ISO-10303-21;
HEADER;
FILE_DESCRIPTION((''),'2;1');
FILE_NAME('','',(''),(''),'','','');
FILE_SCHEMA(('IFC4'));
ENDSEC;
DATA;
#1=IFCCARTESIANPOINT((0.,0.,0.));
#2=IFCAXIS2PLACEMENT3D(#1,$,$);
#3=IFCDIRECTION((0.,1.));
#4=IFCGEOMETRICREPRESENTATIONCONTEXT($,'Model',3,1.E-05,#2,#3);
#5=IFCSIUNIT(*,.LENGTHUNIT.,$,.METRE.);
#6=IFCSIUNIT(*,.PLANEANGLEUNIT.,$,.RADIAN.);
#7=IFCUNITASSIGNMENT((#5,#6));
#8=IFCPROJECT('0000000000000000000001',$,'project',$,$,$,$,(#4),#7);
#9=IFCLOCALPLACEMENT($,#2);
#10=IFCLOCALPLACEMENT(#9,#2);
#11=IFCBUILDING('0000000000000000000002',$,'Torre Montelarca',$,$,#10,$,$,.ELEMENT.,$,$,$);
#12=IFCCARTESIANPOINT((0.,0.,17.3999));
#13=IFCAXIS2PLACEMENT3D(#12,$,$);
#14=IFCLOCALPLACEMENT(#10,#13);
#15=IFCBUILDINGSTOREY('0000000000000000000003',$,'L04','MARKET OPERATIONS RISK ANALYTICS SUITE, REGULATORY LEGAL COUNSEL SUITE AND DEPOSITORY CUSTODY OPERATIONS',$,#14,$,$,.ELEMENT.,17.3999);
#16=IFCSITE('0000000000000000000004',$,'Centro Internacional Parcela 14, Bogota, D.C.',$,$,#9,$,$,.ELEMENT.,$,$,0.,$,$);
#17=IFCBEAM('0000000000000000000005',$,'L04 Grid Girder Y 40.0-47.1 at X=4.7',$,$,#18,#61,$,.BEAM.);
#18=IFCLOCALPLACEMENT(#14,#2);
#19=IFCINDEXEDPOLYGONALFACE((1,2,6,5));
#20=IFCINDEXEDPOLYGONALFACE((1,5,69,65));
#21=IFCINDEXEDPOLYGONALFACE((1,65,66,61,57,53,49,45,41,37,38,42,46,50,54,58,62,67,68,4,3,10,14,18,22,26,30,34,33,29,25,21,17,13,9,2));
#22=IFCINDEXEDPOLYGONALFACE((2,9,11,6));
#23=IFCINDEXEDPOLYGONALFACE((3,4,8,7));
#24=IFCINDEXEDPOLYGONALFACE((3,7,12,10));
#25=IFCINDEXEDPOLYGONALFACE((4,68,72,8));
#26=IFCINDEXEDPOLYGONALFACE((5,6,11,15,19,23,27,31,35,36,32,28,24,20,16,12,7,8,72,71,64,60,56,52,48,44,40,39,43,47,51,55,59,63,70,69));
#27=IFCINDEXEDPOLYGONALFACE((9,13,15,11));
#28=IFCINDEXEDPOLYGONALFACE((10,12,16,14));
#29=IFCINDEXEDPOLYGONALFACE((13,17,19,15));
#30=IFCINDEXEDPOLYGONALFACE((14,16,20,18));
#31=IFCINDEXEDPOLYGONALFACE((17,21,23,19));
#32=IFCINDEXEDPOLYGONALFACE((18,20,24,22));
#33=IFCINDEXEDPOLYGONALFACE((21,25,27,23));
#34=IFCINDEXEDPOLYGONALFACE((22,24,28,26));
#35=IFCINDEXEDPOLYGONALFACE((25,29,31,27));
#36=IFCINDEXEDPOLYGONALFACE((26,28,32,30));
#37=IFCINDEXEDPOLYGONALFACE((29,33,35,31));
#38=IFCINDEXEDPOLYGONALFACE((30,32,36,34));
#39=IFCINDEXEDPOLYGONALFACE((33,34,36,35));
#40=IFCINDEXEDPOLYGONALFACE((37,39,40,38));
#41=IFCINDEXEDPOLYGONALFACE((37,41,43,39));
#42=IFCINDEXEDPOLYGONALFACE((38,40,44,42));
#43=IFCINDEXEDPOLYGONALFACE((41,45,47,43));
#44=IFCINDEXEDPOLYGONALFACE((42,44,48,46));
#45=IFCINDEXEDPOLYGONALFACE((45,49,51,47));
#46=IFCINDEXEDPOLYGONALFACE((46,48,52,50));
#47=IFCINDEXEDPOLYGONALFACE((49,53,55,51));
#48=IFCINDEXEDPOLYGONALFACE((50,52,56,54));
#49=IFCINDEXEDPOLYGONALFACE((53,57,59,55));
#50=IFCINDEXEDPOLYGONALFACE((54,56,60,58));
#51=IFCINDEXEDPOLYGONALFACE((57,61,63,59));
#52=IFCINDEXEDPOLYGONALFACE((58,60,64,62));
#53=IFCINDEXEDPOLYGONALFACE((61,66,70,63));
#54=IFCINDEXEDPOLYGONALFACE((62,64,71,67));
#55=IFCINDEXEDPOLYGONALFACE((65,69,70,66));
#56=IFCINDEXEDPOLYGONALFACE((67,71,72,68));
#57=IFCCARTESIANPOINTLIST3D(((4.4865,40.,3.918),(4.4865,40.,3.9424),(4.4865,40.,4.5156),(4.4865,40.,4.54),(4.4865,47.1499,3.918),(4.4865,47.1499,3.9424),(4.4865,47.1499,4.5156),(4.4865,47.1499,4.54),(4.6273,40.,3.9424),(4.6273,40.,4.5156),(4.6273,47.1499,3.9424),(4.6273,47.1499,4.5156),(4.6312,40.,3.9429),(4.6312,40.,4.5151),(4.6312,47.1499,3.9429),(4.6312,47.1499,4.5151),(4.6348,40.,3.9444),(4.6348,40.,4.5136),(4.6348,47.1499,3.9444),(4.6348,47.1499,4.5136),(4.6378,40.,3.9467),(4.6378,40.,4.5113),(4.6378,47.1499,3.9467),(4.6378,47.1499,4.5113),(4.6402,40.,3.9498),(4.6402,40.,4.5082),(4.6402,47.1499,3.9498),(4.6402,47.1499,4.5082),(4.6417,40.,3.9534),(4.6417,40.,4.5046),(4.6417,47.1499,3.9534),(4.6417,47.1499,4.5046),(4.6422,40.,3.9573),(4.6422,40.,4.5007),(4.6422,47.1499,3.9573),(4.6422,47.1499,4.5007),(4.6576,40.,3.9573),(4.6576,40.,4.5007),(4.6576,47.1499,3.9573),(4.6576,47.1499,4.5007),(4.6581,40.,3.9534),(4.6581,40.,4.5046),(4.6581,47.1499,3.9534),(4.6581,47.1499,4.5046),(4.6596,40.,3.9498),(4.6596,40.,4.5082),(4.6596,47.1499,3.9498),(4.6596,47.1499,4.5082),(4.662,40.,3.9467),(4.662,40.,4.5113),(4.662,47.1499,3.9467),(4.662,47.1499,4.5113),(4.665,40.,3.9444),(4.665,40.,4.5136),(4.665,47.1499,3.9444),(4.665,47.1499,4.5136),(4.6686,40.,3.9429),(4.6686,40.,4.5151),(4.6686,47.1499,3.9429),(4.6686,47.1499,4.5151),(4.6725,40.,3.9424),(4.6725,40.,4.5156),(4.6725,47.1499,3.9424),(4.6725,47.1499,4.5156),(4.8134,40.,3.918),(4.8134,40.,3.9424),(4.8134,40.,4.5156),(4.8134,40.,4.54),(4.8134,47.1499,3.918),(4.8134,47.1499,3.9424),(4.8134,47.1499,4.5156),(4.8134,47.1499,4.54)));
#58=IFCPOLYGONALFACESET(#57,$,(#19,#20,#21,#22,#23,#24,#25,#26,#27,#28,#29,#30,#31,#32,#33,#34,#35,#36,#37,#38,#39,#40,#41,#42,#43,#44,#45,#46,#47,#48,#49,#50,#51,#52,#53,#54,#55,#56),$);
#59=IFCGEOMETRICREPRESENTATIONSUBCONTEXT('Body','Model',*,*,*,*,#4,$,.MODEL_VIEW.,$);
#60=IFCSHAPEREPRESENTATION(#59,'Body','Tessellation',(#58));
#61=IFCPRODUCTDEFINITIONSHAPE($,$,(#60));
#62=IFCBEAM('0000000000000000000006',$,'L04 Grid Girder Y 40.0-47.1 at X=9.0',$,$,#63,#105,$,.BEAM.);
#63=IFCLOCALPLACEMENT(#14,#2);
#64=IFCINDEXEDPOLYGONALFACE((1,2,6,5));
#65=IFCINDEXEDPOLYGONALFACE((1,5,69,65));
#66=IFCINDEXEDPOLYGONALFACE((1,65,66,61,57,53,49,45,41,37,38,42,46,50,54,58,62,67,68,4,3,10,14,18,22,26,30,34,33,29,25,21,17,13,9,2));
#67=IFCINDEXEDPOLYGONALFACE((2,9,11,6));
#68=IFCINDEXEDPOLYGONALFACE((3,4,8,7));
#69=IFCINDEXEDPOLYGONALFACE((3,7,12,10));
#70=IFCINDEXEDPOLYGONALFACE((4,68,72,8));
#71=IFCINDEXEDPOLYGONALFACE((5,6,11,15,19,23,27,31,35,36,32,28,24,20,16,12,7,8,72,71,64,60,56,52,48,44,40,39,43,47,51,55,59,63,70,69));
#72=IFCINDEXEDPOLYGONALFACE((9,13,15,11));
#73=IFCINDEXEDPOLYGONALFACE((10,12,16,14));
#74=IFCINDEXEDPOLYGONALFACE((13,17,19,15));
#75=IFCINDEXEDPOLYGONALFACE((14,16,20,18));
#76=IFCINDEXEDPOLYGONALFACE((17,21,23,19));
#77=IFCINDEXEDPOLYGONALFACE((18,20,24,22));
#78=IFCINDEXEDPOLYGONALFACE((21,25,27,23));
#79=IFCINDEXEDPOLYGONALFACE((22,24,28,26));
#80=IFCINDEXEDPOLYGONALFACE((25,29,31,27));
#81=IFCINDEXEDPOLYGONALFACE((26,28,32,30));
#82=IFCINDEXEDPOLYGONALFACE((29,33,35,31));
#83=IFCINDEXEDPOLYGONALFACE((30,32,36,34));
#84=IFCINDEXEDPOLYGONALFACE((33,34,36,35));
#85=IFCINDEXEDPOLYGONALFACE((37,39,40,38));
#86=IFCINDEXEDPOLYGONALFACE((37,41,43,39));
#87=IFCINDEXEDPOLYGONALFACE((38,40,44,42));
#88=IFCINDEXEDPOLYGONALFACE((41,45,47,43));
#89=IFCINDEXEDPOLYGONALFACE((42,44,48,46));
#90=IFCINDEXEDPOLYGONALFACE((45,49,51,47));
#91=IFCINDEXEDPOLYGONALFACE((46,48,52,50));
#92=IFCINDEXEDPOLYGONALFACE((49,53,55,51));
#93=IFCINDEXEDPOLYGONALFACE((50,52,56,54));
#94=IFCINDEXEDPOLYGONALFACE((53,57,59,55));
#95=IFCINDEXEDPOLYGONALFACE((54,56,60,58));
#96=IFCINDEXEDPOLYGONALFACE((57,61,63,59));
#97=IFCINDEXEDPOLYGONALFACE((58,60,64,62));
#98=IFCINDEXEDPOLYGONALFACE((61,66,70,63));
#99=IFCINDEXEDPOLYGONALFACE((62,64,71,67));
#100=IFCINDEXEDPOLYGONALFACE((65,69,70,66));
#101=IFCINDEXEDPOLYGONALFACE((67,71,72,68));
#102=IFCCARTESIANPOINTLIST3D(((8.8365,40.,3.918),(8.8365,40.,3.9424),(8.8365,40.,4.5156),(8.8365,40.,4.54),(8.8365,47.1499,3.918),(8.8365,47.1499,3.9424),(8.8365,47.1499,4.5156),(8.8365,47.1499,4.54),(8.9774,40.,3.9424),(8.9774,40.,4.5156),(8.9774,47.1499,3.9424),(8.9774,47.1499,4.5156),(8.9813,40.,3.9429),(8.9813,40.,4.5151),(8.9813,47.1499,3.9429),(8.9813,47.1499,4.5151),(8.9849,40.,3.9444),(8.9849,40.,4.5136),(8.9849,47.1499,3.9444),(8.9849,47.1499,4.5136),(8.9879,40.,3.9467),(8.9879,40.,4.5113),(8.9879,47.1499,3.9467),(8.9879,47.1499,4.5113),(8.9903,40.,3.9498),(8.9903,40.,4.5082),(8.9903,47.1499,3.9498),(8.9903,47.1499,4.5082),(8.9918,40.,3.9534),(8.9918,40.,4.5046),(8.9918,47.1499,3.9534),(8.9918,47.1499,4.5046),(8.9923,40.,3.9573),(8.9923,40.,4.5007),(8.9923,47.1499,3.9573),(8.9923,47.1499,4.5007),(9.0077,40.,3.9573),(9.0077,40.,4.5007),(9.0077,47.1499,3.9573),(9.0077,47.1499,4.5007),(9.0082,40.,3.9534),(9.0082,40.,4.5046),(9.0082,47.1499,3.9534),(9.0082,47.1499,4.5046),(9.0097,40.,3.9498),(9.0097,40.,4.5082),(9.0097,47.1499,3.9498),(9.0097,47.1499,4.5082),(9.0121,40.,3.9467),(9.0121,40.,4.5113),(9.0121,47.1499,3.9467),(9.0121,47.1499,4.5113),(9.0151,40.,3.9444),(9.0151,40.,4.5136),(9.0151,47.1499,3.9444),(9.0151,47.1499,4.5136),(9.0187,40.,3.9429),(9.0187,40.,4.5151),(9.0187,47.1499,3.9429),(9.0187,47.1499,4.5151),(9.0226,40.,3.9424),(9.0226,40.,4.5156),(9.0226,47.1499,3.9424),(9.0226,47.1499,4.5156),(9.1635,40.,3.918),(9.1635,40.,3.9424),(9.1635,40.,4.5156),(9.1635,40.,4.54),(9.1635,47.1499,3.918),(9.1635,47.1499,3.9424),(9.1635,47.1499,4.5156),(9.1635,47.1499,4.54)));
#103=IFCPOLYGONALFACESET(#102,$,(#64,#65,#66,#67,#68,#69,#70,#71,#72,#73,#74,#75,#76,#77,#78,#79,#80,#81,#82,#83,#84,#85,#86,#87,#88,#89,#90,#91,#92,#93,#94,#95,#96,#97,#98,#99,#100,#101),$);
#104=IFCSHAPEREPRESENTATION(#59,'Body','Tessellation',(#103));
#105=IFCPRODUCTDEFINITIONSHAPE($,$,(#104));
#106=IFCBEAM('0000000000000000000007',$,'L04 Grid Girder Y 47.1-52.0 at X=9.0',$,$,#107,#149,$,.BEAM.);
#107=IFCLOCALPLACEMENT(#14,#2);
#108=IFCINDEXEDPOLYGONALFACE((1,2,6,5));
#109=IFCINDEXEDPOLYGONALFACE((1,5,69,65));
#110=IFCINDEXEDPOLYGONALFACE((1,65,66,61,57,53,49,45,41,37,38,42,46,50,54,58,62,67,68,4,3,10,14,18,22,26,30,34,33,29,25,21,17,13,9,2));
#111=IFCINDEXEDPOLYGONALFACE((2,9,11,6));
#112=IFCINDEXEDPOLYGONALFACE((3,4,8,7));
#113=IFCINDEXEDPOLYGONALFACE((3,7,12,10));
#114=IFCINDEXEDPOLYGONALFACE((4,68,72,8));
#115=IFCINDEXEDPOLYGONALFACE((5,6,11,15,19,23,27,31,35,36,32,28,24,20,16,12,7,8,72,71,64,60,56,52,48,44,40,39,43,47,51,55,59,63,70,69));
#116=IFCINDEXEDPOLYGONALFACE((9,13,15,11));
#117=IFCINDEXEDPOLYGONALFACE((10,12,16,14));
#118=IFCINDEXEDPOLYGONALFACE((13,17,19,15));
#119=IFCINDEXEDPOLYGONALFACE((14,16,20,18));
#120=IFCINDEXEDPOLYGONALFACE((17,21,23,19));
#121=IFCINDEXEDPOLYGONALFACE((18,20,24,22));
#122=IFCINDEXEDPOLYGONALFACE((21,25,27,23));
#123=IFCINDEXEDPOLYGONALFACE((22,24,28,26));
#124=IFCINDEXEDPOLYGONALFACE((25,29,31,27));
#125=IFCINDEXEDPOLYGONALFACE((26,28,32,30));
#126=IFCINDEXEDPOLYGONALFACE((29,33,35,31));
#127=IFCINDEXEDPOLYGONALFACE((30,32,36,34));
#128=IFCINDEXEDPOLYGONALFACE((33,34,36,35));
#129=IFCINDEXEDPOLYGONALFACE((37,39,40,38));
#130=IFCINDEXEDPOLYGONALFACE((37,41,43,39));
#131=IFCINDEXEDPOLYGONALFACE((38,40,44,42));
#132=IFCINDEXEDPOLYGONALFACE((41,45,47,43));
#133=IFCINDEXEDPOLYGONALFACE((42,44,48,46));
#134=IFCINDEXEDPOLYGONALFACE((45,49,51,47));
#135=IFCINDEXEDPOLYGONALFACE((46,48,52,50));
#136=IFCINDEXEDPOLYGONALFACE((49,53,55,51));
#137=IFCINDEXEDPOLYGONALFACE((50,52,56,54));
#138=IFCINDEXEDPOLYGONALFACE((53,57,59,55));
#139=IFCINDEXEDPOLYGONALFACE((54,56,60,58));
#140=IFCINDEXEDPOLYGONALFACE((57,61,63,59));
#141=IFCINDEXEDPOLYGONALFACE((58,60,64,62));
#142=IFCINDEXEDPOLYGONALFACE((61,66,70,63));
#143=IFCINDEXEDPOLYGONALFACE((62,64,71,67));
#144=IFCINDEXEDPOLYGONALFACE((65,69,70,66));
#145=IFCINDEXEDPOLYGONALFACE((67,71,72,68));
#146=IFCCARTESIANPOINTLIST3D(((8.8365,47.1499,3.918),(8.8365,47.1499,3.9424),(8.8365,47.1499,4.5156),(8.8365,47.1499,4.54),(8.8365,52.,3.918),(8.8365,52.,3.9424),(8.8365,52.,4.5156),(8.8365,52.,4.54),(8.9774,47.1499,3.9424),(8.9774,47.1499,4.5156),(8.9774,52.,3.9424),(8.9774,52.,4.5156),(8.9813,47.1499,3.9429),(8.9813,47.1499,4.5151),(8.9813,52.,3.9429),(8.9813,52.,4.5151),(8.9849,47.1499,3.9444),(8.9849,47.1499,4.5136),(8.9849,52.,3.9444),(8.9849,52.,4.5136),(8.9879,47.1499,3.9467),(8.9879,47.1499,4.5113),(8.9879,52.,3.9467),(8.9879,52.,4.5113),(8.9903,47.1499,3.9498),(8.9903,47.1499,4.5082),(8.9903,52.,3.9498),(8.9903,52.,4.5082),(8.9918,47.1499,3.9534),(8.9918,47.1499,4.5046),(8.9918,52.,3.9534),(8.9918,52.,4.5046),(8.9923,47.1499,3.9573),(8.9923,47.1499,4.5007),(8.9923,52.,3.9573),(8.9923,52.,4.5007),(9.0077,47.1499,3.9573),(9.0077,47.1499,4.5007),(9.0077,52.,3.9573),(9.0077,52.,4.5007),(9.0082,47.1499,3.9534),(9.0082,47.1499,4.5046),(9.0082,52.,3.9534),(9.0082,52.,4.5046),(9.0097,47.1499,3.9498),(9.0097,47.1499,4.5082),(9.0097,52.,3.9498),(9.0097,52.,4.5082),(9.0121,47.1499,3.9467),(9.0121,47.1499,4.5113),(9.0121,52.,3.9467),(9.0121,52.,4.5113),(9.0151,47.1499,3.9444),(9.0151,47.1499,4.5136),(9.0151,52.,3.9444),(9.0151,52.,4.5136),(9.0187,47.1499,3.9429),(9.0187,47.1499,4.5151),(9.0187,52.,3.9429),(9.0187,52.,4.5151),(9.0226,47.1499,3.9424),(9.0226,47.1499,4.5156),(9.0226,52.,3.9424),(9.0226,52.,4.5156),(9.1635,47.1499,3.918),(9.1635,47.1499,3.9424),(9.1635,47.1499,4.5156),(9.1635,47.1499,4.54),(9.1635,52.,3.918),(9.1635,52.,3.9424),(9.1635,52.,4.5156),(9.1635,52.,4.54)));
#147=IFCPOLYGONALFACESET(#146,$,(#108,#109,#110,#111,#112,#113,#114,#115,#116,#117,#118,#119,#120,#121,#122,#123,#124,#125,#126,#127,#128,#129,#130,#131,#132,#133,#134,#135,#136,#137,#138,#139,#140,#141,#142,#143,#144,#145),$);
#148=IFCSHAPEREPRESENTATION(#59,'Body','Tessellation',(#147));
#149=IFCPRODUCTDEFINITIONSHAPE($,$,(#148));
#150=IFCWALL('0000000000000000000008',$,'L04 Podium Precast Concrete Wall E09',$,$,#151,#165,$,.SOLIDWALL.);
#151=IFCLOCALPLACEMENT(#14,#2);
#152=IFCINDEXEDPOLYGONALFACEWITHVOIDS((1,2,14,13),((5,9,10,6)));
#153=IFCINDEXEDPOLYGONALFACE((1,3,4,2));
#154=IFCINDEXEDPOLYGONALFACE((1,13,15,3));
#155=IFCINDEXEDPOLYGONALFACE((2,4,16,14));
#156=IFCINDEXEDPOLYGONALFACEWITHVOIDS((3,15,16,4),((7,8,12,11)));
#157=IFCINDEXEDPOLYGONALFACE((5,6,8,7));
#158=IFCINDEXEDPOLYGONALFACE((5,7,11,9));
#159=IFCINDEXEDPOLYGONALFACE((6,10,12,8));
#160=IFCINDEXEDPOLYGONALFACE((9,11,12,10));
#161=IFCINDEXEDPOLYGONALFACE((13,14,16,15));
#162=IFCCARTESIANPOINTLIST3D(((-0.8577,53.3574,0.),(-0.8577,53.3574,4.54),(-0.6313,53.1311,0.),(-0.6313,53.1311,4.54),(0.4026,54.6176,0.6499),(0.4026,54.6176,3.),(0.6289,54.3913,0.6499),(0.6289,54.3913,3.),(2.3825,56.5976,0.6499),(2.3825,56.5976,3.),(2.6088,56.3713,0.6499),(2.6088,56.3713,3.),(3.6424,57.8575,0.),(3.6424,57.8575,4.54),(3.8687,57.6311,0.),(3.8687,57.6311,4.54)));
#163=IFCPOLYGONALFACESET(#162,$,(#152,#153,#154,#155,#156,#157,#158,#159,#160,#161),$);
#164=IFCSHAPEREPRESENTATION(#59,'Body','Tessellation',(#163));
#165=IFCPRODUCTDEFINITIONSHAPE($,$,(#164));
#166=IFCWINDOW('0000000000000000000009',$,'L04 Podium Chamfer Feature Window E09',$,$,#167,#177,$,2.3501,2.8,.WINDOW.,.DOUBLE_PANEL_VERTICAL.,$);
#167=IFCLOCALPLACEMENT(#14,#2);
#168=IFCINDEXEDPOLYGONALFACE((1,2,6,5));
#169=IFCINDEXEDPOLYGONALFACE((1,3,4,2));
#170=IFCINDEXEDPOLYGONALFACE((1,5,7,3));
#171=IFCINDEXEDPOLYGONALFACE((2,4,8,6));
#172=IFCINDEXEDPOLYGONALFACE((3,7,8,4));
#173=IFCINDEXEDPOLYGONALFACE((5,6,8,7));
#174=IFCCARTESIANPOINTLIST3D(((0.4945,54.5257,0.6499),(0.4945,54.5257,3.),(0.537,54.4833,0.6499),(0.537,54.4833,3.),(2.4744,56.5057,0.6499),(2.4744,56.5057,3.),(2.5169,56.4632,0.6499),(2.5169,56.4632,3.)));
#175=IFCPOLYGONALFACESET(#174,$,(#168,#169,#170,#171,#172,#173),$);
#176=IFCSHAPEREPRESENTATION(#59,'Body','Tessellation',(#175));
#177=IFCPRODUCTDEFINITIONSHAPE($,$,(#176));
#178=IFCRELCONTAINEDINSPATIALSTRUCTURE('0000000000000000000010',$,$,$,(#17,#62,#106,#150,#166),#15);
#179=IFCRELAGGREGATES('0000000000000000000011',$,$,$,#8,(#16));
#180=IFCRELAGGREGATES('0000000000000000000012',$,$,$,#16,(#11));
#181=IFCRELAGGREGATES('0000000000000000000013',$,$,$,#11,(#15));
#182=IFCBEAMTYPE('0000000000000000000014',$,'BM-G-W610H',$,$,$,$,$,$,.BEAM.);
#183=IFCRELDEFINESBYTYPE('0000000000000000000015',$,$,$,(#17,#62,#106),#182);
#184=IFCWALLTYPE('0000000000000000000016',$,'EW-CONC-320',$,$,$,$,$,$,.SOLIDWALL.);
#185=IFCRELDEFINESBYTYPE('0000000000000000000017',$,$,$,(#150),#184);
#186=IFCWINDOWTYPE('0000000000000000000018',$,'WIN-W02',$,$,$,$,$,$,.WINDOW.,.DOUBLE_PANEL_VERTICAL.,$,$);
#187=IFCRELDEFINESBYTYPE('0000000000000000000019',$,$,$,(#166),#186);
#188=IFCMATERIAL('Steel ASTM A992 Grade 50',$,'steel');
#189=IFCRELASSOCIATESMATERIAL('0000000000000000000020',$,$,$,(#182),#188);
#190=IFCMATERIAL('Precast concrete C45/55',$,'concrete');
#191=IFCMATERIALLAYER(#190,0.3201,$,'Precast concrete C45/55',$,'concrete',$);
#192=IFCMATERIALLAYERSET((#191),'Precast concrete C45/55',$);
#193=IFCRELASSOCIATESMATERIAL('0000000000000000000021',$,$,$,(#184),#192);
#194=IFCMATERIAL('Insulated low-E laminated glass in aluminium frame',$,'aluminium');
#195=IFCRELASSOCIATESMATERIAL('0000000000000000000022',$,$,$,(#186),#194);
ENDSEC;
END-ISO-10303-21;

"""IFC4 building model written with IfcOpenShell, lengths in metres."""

from ifc_helpers import new_model, si_unit, direction, frame, frame_2d, origin, origin_2d, place, context, subcontext, project, spatial, rectangle, i_section, extrude, source, transform, mapped, material, layer, layer_set, material_profile, profile_set, type_object, element, fill, save


model = new_model("IFC4")

# Units and contexts
model_context = context("Model", 3, precision=1e-05, world=origin(), true_north=direction((0.0, 1.0)))
body_context = subcontext(model_context, "Body", "Model", "MODEL_VIEW")
ifc_project = project(units=[si_unit("LENGTHUNIT", "METRE"), si_unit("PLANEANGLEUNIT", "RADIAN")], contexts=[model_context])

# Site, building, storey
site_placement = place(None, origin())
site = spatial("IfcSite", under=ifc_project, at=site_placement, Name="Centro Internacional Parcela 14, Bogota, D.C.", CompositionType="ELEMENT", RefElevation=0.0)
building_placement = place(site_placement, origin())
building = spatial("IfcBuilding", under=site, at=building_placement, Name="Torre Montelarca", CompositionType="ELEMENT")
storey_placement = place(building_placement, frame((0.0, 0.0, 17.3999)))
storey = spatial("IfcBuildingStorey", under=building, at=storey_placement, Name="L04", Description="MARKET OPERATIONS RISK ANALYTICS SUITE, REGULATORY LEGAL COUNSEL SUITE AND DEPOSITORY CUSTODY OPERATIONS", CompositionType="ELEMENT", Elevation=17.3999)

# Beams
ifc_material_1 = material(Name="Steel ASTM A992 Grade 50", Category="steel")
ifc_material_profile_1 = material_profile(ifc_material_1, i_section(OverallWidth=0.3269, OverallDepth=0.6221, WebThickness=0.0154, FlangeThickness=0.0244, FilletRadius=0.0149, at=origin_2d()), Name="W610X195", Category="steel")
ifc_profile_set_1 = profile_set([ifc_material_profile_1], Name="Steel ASTM A992 Grade 50")
beam_type_1 = type_object("IfcBeamType", Name="BM-G-W610H", PredefinedType="BEAM", material=ifc_profile_set_1)
shared_shape_1 = source(origin(), body_context, "Body", "SweptSolid", [
    extrude(i_section(OverallWidth=0.3269, OverallDepth=0.6221, WebThickness=0.0154, FlangeThickness=0.0244, FilletRadius=0.0149, at=origin_2d()), origin(), (0.0, 0.0, 1.0), 7.1499),
])
for number, where, z_axis, x_axis, name in (
    (1, (4.6499, 40.0, 4.229), (0.0, 1.0, 0.0), (-1.0, 0.0, 0.0), "L04 Grid Girder Y 40.0-47.1 at X=4.7"),
    (2, (9.0, 40.0, 4.229), (0.0, 1.0, 0.0), (-1.0, 0.0, 0.0), "L04 Grid Girder Y 40.0-47.1 at X=9.0"),
):
    element("IfcBeam", number, at=place(storey_placement, frame(where, z_axis=z_axis, x_axis=x_axis)), inside=storey, type_object=beam_type_1, Name=name, PredefinedType="BEAM", context=body_context, shape_type="MappedRepresentation", body=[
        mapped(shared_shape_1, transform((0.0, 0.0, 0.0), scale=1.0)),
    ])
shared_shape_2 = source(origin(), body_context, "Body", "SweptSolid", [
    extrude(i_section(OverallWidth=0.3269, OverallDepth=0.6221, WebThickness=0.0154, FlangeThickness=0.0244, FilletRadius=0.0149, at=origin_2d()), origin(), (0.0, 0.0, 1.0), 4.8501),
])
beam_1_placement = place(storey_placement, frame((9.0, 47.1499, 4.229), z_axis=(0.0, 1.0, 0.0), x_axis=(-1.0, 0.0, 0.0)))
element("IfcBeam", 3, at=beam_1_placement, inside=storey, type_object=beam_type_1, Name="L04 Grid Girder Y 47.1-52.0 at X=9.0", PredefinedType="BEAM", context=body_context, shape_type="MappedRepresentation", body=[
    mapped(shared_shape_2, transform((0.0, 0.0, 0.0), scale=1.0)),
])

# Wall, opening, window
ifc_material_2 = material(Name="Precast concrete C45/55", Category="concrete")
ifc_layer_1 = layer(ifc_material_2, 0.3201, Name="Precast concrete C45/55", Category="concrete")
ifc_layer_set_1 = layer_set([ifc_layer_1], Name="Precast concrete C45/55")
wall_type = type_object("IfcWallType", Name="EW-CONC-320", PredefinedType="SOLIDWALL", material=ifc_layer_set_1)
wall_placement = place(storey_placement, frame((3.7556, 57.7444, 0.0), z_axis=(0.0, 0.0, 1.0), x_axis=(-0.707107, -0.707107, 0.0)))
wall = element("IfcWall", 4, at=wall_placement, inside=storey, type_object=wall_type, Name="L04 Podium Precast Concrete Wall E09", PredefinedType="SOLIDWALL", context=body_context, shape_type="SweptSolid", body=[
    extrude(rectangle(XDim=6.364, YDim=0.3201, at=frame_2d((3.1821, 0.0))), origin(), (0.0, 0.0, 1.0), 4.54),
])
opening_placement = place(wall_placement, frame((1.782, 0.0, 0.6499)))
opening = element("IfcOpeningElement", 5, at=opening_placement, cuts=wall, PredefinedType="OPENING", context=body_context, shape_type="SweptSolid", body=[
    extrude(rectangle(XDim=2.8, YDim=2.3501, at=frame_2d((1.3999, 1.175))), frame((0.0, 0.1699, 0.0), z_axis=(0.0, -1.0, 0.0), x_axis=(1.0, 0.0, 0.0)), (0.0, 0.0, 1.0), 0.3401),
])
ifc_material_3 = material(Name="Insulated low-E laminated glass in aluminium frame", Category="aluminium")
window_type = type_object("IfcWindowType", Name="WIN-W02", PartitioningType="DOUBLE_PANEL_VERTICAL", PredefinedType="WINDOW", material=ifc_material_3)
shared_shape_3 = source(origin(), body_context, "Body", "SweptSolid", [
    extrude(rectangle(XDim=2.8, YDim=2.3501, at=frame_2d((1.3999, 1.175))), frame((0.0, 0.03, 0.0), z_axis=(0.0, -1.0, 0.0), x_axis=(1.0, 0.0, 0.0)), (0.0, 0.0, 1.0), 0.0601),
])
window_placement = place(opening_placement, origin())
window = element("IfcWindow", 6, at=window_placement, inside=storey, type_object=window_type, Name="L04 Podium Chamfer Feature Window E09", OverallHeight=2.3501, OverallWidth=2.8, PartitioningType="DOUBLE_PANEL_VERTICAL", PredefinedType="WINDOW", context=body_context, shape_type="MappedRepresentation", body=[
    mapped(shared_shape_3, transform((0.0, 0.0, 0.0), scale=1.0)),
])
fill(opening, window)

save(model, "model.ifc")
